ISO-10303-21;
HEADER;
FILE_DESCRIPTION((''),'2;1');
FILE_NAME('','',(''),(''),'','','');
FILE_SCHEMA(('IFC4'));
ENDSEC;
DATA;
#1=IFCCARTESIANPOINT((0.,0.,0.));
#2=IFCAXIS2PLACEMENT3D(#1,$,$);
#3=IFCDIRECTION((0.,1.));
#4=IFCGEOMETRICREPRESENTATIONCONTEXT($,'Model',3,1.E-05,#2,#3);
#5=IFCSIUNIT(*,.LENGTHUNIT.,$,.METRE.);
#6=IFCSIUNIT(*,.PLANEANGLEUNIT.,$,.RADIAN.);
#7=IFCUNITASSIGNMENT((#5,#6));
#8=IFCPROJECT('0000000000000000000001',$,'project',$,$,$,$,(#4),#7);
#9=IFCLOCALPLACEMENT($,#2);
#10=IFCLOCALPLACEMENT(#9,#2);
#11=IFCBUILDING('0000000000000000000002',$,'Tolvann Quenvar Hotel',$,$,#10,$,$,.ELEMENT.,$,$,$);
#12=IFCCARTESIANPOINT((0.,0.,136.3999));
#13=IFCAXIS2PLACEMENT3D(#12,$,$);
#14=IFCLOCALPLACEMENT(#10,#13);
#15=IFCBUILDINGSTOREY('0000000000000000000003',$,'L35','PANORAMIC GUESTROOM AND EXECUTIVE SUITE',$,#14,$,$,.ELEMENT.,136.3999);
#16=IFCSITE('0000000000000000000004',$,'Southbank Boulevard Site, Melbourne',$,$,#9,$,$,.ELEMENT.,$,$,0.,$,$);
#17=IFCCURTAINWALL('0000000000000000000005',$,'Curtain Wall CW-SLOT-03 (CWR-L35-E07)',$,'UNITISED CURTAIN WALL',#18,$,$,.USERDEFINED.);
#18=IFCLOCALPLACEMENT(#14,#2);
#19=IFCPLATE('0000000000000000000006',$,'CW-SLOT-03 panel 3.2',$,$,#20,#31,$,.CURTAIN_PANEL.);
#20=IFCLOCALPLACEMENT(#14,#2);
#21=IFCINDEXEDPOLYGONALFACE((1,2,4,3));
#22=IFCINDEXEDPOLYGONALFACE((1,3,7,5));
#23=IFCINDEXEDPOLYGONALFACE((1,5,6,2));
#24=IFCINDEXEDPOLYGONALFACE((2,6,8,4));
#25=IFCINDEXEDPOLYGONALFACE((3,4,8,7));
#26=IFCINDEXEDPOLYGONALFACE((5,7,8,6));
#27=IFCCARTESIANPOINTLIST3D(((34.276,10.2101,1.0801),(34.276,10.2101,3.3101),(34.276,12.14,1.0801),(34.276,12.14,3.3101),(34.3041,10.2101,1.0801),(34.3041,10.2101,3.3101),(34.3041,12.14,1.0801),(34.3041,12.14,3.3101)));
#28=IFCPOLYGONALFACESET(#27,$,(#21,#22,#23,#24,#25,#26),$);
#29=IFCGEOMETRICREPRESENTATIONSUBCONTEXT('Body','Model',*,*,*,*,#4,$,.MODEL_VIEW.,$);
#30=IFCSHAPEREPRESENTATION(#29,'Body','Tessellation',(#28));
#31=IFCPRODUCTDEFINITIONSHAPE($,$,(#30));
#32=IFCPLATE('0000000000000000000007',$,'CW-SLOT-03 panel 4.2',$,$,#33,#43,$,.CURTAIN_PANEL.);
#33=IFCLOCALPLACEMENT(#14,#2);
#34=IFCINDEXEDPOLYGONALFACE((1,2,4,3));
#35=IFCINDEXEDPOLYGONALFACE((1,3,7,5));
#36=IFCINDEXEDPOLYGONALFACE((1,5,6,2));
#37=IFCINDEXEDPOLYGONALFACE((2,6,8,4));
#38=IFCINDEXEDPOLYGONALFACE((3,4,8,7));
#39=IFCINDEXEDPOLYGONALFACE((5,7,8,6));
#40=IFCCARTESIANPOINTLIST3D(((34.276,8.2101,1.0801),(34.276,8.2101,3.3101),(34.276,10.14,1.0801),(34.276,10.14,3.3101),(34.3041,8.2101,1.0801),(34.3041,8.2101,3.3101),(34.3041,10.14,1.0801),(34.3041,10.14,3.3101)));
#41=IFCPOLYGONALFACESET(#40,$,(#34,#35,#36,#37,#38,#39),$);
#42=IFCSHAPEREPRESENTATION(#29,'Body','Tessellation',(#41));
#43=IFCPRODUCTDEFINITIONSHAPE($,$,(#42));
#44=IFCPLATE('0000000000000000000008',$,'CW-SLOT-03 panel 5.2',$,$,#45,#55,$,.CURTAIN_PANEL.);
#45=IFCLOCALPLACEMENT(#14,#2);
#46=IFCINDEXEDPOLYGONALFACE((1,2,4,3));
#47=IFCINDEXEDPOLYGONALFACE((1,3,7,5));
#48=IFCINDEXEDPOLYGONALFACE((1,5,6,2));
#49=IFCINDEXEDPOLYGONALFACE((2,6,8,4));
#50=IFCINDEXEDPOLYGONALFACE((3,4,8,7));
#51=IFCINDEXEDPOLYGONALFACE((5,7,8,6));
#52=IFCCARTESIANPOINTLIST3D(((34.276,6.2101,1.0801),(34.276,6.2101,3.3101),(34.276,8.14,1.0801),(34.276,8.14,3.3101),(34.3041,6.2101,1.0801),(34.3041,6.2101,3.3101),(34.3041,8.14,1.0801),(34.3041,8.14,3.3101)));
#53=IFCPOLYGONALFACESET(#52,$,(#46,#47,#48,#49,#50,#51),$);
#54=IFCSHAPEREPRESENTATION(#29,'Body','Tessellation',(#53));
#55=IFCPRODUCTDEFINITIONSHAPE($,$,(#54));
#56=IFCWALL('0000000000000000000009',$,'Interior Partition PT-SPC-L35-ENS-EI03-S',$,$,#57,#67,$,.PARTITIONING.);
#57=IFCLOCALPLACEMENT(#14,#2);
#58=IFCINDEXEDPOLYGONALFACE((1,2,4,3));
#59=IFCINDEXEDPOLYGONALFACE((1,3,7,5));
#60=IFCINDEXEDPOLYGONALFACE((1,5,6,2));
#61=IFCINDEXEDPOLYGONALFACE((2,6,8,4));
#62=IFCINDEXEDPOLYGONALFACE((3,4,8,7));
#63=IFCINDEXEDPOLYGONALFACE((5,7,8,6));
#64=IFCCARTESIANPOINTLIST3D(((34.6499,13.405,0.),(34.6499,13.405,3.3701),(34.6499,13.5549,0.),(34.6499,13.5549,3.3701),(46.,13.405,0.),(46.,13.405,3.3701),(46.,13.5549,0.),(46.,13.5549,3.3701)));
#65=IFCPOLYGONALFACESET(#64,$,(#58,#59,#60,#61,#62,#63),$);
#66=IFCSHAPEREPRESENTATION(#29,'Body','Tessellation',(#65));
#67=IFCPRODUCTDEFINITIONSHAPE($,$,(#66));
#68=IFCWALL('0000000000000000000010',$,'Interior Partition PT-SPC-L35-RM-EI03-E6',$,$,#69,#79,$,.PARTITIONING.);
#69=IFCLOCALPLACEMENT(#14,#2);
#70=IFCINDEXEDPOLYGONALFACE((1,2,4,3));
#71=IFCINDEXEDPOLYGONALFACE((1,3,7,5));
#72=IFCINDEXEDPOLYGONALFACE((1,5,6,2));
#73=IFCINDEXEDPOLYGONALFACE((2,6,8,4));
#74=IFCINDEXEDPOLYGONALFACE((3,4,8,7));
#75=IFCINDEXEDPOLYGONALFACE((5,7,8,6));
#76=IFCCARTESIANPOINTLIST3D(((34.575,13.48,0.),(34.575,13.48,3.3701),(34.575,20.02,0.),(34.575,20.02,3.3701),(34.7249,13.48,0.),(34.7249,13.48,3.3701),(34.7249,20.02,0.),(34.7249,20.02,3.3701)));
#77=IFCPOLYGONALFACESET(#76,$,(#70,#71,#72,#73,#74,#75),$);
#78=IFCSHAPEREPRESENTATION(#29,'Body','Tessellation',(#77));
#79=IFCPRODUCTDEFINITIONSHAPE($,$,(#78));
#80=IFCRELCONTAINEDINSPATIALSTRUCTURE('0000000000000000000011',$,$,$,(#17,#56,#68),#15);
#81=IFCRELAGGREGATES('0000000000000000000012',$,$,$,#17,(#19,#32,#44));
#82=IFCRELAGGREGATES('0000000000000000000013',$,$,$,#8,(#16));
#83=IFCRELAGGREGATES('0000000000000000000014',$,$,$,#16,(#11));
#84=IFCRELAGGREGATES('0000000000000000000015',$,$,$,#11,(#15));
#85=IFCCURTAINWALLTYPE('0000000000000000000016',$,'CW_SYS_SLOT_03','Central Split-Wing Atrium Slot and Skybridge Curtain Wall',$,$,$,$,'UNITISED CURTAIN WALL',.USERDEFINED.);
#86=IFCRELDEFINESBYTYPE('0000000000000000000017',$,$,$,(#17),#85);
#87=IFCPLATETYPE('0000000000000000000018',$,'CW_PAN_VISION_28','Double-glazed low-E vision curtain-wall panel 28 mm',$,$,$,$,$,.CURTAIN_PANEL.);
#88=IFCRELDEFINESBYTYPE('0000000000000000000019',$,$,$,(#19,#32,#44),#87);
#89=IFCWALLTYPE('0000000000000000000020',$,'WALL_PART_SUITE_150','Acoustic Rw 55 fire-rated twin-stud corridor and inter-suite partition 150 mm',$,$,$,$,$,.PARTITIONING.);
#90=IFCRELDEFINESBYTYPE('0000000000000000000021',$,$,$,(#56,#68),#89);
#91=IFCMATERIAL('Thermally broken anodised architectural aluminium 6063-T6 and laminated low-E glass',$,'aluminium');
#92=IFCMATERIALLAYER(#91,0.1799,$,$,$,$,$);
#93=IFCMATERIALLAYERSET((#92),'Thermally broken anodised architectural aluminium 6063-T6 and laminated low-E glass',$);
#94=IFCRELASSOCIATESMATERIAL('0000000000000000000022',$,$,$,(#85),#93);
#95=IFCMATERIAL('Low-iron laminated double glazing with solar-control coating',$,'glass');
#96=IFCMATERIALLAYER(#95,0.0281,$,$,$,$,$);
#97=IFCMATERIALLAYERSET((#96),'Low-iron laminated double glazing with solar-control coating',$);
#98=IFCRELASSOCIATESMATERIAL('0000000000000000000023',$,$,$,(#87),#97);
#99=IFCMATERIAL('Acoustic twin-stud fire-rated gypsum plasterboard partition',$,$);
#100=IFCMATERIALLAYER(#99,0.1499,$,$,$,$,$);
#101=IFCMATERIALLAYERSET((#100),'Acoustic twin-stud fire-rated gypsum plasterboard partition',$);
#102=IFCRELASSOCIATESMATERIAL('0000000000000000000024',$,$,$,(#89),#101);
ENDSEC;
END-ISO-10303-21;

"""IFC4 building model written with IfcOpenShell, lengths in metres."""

from ifc_helpers import new_model, si_unit, direction, frame, frame_2d, origin, origin_2d, place, context, subcontext, project, spatial, rectangle, extrude, source, transform, mapped, material, layer, layer_set, type_object, element, aggregate, save


model = new_model("IFC4")

# Units and contexts
model_context = context("Model", 3, precision=1e-05, world=origin(), true_north=direction((0.0, 1.0)))
body_context = subcontext(model_context, "Body", "Model", "MODEL_VIEW")
ifc_project = project(units=[si_unit("LENGTHUNIT", "METRE"), si_unit("PLANEANGLEUNIT", "RADIAN")], contexts=[model_context])

# Site, building, storey
site_placement = place(None, origin())
site = spatial("IfcSite", under=ifc_project, at=site_placement, Name="Southbank Boulevard Site, Melbourne", CompositionType="ELEMENT", RefElevation=0.0)
building_placement = place(site_placement, origin())
building = spatial("IfcBuilding", under=site, at=building_placement, Name="Tolvann Quenvar Hotel", CompositionType="ELEMENT")
storey_placement = place(building_placement, frame((0.0, 0.0, 136.3999)))
storey = spatial("IfcBuildingStorey", under=building, at=storey_placement, Name="L35", Description="PANORAMIC GUESTROOM AND EXECUTIVE SUITE", CompositionType="ELEMENT", Elevation=136.3999)

# Curtain wall, plates
ifc_material_1 = material(Name="Thermally broken anodised architectural aluminium 6063-T6 and laminated low-E glass", Category="aluminium")
ifc_layer_1 = layer(ifc_material_1, 0.1799)
ifc_layer_set_1 = layer_set([ifc_layer_1], Name="Thermally broken anodised architectural aluminium 6063-T6 and laminated low-E glass")
curtain_wall_type = type_object("IfcCurtainWallType", Name="CW_SYS_SLOT_03", Description="Central Split-Wing Atrium Slot and Skybridge Curtain Wall", ElementType="UNITISED CURTAIN WALL", PredefinedType="USERDEFINED", material=ifc_layer_set_1)
curtain_wall_placement = place(storey_placement, origin())
curtain_wall = element("IfcCurtainWall", 1, at=curtain_wall_placement, inside=storey, type_object=curtain_wall_type, Name="Curtain Wall CW-SLOT-03 (CWR-L35-E07)", ObjectType="UNITISED CURTAIN WALL", PredefinedType="USERDEFINED")
ifc_material_2 = material(Name="Low-iron laminated double glazing with solar-control coating", Category="glass")
ifc_layer_2 = layer(ifc_material_2, 0.0281)
ifc_layer_set_2 = layer_set([ifc_layer_2], Name="Low-iron laminated double glazing with solar-control coating")
plate_type = type_object("IfcPlateType", Name="CW_PAN_VISION_28", Description="Double-glazed low-E vision curtain-wall panel 28 mm", PredefinedType="CURTAIN_PANEL", material=ifc_layer_set_2)
shared_shape_1 = source(origin(), body_context, "Body", "SweptSolid", [
    extrude(rectangle(XDim=1.9299, YDim=0.0281, at=origin_2d()), origin(), (0.0, 0.0, 1.0), 2.23),
])
plate_1_placement = place(storey_placement, frame((34.29, 11.175, 1.0801), z_axis=(0.0, 0.0, 1.0), x_axis=(0.0, -1.0, 0.0)))
plate_1 = element("IfcPlate", 2, at=plate_1_placement, type_object=plate_type, Name="CW-SLOT-03 panel 3.2", PredefinedType="CURTAIN_PANEL", context=body_context, shape_type="MappedRepresentation", body=[
    mapped(shared_shape_1, transform((0.0, 0.0, 0.0), x_axis=(1.0, 0.0, 0.0), y_axis=(0.0, 1.0, 0.0), z_axis=(0.0, 0.0, 1.0), scale=1.0)),
])
plate_2_placement = place(storey_placement, frame((34.29, 9.175, 1.0801), z_axis=(0.0, 0.0, 1.0), x_axis=(0.0, -1.0, 0.0)))
plate_2 = element("IfcPlate", 3, at=plate_2_placement, type_object=plate_type, Name="CW-SLOT-03 panel 4.2", PredefinedType="CURTAIN_PANEL", context=body_context, shape_type="MappedRepresentation", body=[
    mapped(shared_shape_1, transform((0.0, 0.0, 0.0), x_axis=(1.0, 0.0, 0.0), y_axis=(0.0, 1.0, 0.0), z_axis=(0.0, 0.0, 1.0), scale=1.0)),
])
plate_3_placement = place(storey_placement, frame((34.29, 7.175, 1.0801), z_axis=(0.0, 0.0, 1.0), x_axis=(0.0, -1.0, 0.0)))
plate_3 = element("IfcPlate", 4, at=plate_3_placement, type_object=plate_type, Name="CW-SLOT-03 panel 5.2", PredefinedType="CURTAIN_PANEL", context=body_context, shape_type="MappedRepresentation", body=[
    mapped(shared_shape_1, transform((0.0, 0.0, 0.0), x_axis=(1.0, 0.0, 0.0), y_axis=(0.0, 1.0, 0.0), z_axis=(0.0, 0.0, 1.0), scale=1.0)),
])
aggregate(curtain_wall, [plate_1, plate_2, plate_3])

# Walls
ifc_material_3 = material(Name="Acoustic twin-stud fire-rated gypsum plasterboard partition")
ifc_layer_3 = layer(ifc_material_3, 0.1499)
ifc_layer_set_3 = layer_set([ifc_layer_3], Name="Acoustic twin-stud fire-rated gypsum plasterboard partition")
wall_type = type_object("IfcWallType", Name="WALL_PART_SUITE_150", Description="Acoustic Rw 55 fire-rated twin-stud corridor and inter-suite partition 150 mm", PredefinedType="PARTITIONING", material=ifc_layer_set_3)
wall_1_placement = place(storey_placement, frame((34.6499, 13.48, 0.0), z_axis=(0.0, 0.0, 1.0), x_axis=(1.0, 0.0, 0.0)))
element("IfcWall", 5, at=wall_1_placement, inside=storey, type_object=wall_type, Name="Interior Partition PT-SPC-L35-ENS-EI03-S", PredefinedType="PARTITIONING", context=body_context, shape_type="SweptSolid", body=[
    extrude(rectangle(XDim=11.3501, YDim=0.1499, at=frame_2d((5.675, 0.0))), origin(), (0.0, 0.0, 1.0), 3.3701),
])
wall_2_placement = place(storey_placement, frame((34.6499, 13.48, 0.0), z_axis=(0.0, 0.0, 1.0), x_axis=(0.0, 1.0, 0.0)))
element("IfcWall", 6, at=wall_2_placement, inside=storey, type_object=wall_type, Name="Interior Partition PT-SPC-L35-RM-EI03-E6", PredefinedType="PARTITIONING", context=body_context, shape_type="SweptSolid", body=[
    extrude(rectangle(XDim=6.54, YDim=0.1499, at=frame_2d((3.27, 0.0))), origin(), (0.0, 0.0, 1.0), 3.3701),
])

save(model, "model.ifc")
